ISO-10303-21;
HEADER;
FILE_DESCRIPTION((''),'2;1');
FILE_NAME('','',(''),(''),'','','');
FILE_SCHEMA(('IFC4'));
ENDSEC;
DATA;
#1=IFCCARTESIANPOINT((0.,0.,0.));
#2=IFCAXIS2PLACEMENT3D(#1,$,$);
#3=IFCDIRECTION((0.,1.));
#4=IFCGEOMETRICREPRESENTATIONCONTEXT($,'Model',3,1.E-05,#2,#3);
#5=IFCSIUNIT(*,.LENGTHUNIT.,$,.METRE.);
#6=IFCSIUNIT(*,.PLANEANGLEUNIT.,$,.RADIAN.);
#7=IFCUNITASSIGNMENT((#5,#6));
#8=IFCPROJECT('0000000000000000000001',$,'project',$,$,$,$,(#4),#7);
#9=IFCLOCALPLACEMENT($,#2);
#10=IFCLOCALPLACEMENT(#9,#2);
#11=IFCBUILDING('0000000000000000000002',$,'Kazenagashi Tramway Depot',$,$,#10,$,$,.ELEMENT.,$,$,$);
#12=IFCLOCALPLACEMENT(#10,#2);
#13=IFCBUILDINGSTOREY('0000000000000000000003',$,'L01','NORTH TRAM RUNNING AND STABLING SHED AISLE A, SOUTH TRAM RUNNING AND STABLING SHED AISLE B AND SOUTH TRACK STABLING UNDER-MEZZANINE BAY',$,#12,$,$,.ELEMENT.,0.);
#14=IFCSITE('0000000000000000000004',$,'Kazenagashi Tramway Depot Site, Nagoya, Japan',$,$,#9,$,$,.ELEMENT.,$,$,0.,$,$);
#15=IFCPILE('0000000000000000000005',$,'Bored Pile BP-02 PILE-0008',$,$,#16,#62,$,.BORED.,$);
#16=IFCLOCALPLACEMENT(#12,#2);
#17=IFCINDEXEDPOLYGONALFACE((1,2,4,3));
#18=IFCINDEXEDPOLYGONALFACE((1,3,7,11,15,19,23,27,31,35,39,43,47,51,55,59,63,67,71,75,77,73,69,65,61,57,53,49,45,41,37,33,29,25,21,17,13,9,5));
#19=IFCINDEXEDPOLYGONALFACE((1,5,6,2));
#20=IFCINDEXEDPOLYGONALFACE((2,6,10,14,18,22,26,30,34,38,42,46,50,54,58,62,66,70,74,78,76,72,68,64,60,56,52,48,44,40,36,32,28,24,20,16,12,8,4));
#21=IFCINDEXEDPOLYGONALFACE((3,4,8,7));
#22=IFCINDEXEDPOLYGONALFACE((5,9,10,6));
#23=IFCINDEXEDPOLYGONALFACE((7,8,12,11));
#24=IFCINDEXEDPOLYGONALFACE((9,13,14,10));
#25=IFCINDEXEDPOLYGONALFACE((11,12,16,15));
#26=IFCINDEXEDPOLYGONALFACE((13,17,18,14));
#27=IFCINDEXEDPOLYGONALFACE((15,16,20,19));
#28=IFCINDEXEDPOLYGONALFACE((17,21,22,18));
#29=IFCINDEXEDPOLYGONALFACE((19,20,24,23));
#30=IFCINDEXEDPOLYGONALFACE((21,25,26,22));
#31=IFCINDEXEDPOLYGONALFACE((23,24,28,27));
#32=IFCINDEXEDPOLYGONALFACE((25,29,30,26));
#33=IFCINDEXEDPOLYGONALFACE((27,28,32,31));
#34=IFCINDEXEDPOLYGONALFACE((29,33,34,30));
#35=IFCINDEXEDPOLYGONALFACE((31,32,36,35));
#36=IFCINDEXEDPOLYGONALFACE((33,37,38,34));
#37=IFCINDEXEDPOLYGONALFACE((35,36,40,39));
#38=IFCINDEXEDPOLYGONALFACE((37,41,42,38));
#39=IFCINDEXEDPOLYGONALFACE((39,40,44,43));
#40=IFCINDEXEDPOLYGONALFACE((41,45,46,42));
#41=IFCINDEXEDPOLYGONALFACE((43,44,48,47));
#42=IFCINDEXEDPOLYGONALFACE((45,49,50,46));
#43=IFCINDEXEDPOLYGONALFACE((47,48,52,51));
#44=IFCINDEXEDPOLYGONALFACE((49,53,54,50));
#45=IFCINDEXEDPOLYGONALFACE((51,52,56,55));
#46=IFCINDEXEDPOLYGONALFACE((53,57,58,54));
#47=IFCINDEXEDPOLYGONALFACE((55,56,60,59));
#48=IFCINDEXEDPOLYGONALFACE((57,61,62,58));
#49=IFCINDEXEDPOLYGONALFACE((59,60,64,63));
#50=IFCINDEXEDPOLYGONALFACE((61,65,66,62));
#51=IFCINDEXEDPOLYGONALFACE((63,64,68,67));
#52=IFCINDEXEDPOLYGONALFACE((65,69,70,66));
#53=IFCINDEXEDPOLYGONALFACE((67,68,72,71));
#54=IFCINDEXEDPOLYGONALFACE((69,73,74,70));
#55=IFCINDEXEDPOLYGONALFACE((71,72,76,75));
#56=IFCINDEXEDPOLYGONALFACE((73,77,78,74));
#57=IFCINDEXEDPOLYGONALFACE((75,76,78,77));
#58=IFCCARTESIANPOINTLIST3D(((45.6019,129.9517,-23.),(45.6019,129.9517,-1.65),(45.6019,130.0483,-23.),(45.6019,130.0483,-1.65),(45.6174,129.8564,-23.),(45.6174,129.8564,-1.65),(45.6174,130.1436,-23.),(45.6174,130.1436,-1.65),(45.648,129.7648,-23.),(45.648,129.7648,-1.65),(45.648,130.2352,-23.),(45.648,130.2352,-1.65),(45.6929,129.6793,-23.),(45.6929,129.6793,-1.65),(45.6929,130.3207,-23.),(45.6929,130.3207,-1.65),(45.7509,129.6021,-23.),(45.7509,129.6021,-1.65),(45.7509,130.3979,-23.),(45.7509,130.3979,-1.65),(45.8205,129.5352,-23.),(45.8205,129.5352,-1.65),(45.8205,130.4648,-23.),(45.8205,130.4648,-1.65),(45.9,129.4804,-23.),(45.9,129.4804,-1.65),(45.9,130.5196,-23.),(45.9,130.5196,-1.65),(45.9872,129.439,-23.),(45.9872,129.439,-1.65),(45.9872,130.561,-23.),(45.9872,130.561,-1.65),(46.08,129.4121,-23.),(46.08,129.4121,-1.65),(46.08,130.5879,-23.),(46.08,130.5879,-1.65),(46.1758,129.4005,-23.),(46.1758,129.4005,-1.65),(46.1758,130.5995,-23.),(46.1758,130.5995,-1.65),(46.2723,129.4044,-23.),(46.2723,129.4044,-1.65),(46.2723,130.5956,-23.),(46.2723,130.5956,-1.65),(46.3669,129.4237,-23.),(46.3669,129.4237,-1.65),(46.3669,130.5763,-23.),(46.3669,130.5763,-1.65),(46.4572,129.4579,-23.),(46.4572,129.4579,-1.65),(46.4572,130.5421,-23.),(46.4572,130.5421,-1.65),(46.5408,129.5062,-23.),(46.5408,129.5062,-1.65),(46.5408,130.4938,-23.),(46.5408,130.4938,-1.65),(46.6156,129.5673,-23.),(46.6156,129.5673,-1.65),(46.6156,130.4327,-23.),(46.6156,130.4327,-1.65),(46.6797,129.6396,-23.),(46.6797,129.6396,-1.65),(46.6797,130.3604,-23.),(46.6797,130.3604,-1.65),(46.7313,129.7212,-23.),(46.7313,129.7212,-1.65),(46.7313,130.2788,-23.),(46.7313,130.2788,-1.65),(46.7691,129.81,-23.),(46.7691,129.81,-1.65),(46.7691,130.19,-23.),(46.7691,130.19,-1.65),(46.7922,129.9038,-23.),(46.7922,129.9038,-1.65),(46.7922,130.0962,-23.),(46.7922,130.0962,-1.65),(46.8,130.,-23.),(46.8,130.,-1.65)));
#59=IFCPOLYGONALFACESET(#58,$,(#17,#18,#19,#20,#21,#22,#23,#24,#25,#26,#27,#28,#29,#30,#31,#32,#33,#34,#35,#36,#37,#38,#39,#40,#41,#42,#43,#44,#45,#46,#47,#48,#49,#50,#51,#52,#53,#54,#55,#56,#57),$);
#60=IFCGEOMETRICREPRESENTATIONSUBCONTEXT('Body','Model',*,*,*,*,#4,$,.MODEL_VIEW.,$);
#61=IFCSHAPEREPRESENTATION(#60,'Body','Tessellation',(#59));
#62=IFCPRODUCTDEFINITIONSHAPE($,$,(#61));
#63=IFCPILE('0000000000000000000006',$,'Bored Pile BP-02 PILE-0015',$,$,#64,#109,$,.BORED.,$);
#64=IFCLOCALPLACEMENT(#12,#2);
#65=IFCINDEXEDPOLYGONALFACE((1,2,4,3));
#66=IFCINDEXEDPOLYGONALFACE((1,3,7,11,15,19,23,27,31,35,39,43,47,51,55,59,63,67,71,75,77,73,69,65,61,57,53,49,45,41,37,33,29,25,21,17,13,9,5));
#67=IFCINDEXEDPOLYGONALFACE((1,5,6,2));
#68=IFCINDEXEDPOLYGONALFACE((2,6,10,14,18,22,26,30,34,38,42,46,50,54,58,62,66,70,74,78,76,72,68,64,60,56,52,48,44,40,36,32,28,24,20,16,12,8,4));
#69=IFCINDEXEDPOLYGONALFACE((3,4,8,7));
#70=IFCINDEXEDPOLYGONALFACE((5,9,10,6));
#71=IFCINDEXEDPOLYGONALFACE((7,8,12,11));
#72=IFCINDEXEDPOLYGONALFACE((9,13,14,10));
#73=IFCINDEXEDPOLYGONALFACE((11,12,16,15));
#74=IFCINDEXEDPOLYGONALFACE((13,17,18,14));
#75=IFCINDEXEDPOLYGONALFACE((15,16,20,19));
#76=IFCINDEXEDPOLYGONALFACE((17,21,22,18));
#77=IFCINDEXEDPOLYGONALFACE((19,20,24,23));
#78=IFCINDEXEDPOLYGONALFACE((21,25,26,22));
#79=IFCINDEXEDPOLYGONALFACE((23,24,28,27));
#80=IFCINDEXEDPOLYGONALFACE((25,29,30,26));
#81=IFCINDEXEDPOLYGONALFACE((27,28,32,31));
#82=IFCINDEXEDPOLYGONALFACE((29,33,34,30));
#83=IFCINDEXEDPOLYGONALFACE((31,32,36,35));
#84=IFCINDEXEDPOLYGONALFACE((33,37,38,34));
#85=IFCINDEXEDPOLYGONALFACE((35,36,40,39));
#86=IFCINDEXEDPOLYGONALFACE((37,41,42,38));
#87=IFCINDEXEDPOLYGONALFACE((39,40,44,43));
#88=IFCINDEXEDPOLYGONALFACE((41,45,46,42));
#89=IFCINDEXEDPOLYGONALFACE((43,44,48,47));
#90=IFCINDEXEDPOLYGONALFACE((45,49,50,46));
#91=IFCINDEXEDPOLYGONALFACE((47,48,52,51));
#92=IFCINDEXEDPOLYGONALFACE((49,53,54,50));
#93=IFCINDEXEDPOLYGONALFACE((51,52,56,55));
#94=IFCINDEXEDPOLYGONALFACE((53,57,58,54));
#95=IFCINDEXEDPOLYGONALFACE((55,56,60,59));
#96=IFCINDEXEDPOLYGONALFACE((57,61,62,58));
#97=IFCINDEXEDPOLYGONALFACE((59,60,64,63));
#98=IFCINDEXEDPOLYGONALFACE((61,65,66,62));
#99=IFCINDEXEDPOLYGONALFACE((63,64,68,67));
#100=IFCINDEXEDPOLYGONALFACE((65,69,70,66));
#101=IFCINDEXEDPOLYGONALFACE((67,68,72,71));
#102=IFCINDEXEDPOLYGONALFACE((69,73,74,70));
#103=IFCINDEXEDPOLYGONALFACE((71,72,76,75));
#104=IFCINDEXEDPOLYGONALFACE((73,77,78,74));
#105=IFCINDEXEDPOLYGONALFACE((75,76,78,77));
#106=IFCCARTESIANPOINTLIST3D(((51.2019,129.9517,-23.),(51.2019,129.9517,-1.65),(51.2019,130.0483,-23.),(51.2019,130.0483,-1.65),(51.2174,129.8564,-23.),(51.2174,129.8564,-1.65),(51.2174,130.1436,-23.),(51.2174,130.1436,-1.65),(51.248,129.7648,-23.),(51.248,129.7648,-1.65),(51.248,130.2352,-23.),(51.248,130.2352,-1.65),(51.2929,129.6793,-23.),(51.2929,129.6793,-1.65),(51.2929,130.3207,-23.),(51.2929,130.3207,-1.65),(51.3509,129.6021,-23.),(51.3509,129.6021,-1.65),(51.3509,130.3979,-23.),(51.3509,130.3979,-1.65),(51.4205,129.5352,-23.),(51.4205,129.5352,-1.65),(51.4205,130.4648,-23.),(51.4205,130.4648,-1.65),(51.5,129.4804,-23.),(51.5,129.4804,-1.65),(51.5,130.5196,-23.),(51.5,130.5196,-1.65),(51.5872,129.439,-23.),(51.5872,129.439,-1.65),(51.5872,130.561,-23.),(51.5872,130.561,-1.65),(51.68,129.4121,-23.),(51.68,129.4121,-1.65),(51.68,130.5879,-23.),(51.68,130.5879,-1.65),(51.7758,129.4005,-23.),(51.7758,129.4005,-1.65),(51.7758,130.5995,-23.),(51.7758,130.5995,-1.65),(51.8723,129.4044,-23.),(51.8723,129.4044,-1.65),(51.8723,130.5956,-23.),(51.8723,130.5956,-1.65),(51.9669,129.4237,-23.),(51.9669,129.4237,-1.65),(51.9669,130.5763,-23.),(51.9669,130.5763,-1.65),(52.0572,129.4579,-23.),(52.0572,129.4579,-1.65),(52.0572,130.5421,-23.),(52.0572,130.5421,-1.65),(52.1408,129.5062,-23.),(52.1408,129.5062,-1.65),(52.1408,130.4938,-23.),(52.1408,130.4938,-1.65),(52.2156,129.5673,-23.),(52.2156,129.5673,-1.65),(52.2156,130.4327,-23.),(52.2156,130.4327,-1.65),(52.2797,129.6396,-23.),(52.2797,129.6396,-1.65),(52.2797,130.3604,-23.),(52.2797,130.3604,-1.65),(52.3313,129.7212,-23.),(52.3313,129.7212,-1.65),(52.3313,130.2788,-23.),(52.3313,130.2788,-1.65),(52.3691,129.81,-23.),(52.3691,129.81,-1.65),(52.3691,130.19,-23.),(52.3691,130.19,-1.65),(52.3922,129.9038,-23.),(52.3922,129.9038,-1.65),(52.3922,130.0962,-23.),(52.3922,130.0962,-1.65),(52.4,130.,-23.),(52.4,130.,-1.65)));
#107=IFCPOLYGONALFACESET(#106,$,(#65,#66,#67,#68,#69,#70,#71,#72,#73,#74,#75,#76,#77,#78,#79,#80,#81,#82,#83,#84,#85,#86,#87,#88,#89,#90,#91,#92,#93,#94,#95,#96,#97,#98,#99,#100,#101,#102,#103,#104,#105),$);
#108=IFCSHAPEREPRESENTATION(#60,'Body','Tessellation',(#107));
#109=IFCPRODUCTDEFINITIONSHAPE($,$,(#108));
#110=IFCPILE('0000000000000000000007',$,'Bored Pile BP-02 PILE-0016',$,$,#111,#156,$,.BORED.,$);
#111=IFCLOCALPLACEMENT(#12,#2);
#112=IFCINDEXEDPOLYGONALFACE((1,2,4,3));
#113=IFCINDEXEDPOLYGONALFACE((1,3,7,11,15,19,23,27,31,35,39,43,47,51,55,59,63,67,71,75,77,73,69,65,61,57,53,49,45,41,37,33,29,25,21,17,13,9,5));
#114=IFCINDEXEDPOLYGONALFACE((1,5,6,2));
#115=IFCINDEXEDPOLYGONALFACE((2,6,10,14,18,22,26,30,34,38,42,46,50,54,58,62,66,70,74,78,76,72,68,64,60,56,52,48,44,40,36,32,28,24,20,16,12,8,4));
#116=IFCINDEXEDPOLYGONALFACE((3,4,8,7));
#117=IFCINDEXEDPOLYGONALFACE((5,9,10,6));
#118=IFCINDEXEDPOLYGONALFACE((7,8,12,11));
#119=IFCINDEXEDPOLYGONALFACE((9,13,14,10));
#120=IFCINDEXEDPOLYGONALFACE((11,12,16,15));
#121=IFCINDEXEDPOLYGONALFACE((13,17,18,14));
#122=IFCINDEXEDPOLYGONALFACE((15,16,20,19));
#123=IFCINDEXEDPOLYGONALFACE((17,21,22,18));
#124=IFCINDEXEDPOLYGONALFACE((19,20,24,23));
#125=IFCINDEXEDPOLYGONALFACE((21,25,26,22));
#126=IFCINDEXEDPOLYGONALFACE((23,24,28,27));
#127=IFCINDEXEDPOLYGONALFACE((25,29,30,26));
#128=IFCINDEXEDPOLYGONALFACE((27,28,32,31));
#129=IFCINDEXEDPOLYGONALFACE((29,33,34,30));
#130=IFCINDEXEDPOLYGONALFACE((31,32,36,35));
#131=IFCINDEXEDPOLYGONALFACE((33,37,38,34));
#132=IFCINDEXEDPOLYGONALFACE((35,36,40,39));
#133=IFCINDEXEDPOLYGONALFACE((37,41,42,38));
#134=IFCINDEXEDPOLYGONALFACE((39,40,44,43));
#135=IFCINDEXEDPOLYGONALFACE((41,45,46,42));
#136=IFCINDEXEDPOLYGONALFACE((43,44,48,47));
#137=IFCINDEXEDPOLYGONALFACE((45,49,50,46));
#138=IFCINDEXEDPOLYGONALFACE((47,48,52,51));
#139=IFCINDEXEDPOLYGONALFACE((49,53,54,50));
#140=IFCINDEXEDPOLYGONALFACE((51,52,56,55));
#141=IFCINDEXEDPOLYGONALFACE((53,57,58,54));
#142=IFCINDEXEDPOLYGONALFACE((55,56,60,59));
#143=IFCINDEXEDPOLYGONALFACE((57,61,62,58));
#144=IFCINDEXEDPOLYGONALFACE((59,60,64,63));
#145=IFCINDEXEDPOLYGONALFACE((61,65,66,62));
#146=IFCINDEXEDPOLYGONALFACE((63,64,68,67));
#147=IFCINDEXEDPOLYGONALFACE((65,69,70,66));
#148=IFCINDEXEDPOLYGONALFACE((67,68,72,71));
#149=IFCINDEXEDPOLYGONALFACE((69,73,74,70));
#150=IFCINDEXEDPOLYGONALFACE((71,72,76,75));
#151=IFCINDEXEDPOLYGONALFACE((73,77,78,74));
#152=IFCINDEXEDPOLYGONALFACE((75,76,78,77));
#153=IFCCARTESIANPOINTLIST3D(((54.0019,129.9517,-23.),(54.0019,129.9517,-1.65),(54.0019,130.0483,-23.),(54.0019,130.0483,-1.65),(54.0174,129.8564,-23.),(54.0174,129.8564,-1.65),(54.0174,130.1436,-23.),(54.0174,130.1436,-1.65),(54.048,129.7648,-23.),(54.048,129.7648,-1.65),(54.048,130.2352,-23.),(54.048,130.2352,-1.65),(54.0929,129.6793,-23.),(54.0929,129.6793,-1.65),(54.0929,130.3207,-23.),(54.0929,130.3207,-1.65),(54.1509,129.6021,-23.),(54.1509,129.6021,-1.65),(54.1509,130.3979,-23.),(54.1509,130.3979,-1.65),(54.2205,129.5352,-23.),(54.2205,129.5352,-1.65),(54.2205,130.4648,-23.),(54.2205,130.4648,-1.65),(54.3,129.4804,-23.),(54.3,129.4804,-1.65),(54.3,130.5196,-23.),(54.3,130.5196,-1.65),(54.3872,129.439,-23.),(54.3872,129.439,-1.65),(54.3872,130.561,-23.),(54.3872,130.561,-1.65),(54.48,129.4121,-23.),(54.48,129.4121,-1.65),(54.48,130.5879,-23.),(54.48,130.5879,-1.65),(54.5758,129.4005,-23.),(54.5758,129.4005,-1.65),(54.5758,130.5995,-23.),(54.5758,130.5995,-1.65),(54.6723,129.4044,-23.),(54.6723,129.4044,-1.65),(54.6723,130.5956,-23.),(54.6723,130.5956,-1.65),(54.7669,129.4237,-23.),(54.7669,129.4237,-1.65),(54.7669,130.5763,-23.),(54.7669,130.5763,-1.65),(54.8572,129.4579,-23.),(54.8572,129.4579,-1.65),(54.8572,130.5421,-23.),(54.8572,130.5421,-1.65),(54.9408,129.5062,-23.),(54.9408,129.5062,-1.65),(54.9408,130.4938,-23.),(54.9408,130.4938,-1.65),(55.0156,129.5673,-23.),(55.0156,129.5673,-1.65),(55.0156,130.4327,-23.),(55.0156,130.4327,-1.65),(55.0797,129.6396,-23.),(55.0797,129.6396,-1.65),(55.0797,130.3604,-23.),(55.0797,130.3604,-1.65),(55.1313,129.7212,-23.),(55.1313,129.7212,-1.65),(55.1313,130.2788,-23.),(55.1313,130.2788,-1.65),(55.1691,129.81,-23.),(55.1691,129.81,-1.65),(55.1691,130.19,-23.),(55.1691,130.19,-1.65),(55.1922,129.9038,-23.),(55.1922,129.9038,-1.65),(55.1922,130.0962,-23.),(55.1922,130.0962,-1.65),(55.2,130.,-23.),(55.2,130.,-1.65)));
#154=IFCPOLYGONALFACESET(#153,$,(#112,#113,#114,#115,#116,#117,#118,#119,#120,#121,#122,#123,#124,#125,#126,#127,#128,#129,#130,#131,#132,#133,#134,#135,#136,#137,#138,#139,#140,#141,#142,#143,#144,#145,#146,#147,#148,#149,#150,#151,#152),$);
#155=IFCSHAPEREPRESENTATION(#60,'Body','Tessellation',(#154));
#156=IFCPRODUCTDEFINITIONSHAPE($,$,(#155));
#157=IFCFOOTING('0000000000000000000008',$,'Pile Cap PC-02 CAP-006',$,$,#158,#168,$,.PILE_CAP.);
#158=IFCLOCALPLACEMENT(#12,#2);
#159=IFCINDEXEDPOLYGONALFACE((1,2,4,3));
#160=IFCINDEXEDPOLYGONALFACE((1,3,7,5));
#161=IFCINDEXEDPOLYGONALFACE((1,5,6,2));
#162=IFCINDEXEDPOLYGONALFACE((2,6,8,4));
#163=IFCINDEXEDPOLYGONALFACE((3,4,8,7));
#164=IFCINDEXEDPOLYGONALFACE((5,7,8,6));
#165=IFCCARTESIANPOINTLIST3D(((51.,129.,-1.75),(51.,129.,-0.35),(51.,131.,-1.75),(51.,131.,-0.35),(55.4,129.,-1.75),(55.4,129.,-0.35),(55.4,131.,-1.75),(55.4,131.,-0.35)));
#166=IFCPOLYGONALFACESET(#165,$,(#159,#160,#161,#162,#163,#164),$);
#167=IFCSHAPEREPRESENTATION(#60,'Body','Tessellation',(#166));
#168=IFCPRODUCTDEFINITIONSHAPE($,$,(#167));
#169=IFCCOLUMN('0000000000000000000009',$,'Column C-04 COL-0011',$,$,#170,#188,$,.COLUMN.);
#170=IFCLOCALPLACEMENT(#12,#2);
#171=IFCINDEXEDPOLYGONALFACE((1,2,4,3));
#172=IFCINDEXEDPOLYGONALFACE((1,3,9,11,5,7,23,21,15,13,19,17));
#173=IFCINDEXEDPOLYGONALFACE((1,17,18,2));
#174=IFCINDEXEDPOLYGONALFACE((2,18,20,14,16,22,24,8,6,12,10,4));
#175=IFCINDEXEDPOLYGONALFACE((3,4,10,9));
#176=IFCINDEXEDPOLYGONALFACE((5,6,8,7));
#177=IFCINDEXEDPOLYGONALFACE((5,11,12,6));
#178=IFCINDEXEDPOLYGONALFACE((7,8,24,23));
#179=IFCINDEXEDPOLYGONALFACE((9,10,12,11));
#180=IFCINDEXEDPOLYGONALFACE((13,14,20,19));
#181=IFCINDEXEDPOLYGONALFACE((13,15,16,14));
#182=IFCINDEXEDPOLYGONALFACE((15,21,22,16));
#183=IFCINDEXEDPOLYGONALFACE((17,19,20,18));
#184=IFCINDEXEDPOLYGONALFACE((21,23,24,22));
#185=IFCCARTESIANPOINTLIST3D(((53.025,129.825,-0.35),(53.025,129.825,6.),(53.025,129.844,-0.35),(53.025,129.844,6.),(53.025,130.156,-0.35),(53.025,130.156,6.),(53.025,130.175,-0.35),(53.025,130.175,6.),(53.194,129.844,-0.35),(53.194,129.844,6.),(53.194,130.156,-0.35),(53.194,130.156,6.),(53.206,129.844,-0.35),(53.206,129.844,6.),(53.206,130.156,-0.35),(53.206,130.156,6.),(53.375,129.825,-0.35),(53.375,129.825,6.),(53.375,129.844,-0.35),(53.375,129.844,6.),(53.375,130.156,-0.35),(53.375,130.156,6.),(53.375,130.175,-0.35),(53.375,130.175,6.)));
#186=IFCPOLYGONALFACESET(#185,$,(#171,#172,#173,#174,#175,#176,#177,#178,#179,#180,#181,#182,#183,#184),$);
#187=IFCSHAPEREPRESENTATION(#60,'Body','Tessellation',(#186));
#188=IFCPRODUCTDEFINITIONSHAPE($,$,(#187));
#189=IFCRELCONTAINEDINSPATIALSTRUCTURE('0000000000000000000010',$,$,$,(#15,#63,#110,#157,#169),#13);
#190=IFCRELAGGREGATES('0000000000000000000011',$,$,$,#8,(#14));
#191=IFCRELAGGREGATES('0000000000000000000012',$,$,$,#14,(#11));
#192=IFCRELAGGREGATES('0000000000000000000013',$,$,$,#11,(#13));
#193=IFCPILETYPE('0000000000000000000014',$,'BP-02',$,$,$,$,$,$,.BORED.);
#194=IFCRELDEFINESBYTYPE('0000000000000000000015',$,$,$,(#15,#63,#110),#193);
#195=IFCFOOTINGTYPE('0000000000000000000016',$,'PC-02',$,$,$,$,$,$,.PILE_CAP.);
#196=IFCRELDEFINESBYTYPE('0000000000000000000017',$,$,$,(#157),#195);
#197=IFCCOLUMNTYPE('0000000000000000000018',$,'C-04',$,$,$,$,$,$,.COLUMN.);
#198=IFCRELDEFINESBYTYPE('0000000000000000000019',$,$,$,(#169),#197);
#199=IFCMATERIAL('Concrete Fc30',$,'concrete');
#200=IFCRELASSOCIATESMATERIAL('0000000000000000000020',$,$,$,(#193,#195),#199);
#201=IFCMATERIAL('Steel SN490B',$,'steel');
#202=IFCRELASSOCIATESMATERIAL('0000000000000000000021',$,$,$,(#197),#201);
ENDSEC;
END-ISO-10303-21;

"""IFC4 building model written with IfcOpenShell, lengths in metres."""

from ifc_helpers import new_model, si_unit, direction, frame, origin, origin_2d, place, context, subcontext, project, spatial, rectangle, circle, i_section, extrude, material, material_profile, profile_set, type_object, element, save


model = new_model("IFC4")

# Units and contexts
model_context = context("Model", 3, precision=1e-05, world=origin(), true_north=direction((0.0, 1.0)))
body_context = subcontext(model_context, "Body", "Model", "MODEL_VIEW")
ifc_project = project(units=[si_unit("LENGTHUNIT", "METRE"), si_unit("PLANEANGLEUNIT", "RADIAN")], contexts=[model_context])

# Site, building, storey
site_placement = place(None, origin())
site = spatial("IfcSite", under=ifc_project, at=site_placement, Name="Kazenagashi Tramway Depot Site, Nagoya, Japan", CompositionType="ELEMENT", RefElevation=0.0)
building_placement = place(site_placement, origin())
building = spatial("IfcBuilding", under=site, at=building_placement, Name="Kazenagashi Tramway Depot", CompositionType="ELEMENT")
storey_placement = place(building_placement, origin())
storey = spatial("IfcBuildingStorey", under=building, at=storey_placement, Name="L01", Description="NORTH TRAM RUNNING AND STABLING SHED AISLE A, SOUTH TRAM RUNNING AND STABLING SHED AISLE B AND SOUTH TRACK STABLING UNDER-MEZZANINE BAY", CompositionType="ELEMENT", Elevation=0.0)

# Piles
ifc_material_1 = material(Name="Concrete Fc30", Category="concrete")
ifc_material_profile_1 = material_profile(ifc_material_1, circle(Radius=0.6, at=origin_2d()), Name="PILE-1200")
ifc_profile_set_1 = profile_set([ifc_material_profile_1], Name="Concrete Fc30")
pile_type = type_object("IfcPileType", Name="BP-02", PredefinedType="BORED", material=ifc_profile_set_1)
for number, where, z_axis, x_axis, name in (
    (1, (46.2, 130.0, -1.65), (0.0, 0.0, -1.0), (1.0, 0.0, 0.0), "Bored Pile BP-02 PILE-0008"),
    (2, (51.8, 130.0, -1.65), (0.0, 0.0, -1.0), (1.0, 0.0, 0.0), "Bored Pile BP-02 PILE-0015"),
    (3, (54.6, 130.0, -1.65), (0.0, 0.0, -1.0), (1.0, 0.0, 0.0), "Bored Pile BP-02 PILE-0016"),
):
    element("IfcPile", number, at=place(storey_placement, frame(where, z_axis=z_axis, x_axis=x_axis)), inside=storey, type_object=pile_type, Name=name, PredefinedType="BORED", context=body_context, shape_type="SweptSolid", body=[
        extrude(circle(Radius=0.6, at=origin_2d()), origin(), (0.0, 0.0, 1.0), 21.35),
    ])

# Footing
footing_type = type_object("IfcFootingType", Name="PC-02", PredefinedType="PILE_CAP", material=ifc_material_1)
footing_placement = place(storey_placement, frame((53.2, 130.0, -1.75), z_axis=(0.0, 0.0, 1.0), x_axis=(1.0, 0.0, 0.0)))
element("IfcFooting", 4, at=footing_placement, inside=storey, type_object=footing_type, Name="Pile Cap PC-02 CAP-006", PredefinedType="PILE_CAP", context=body_context, shape_type="SweptSolid", body=[
    extrude(rectangle(XDim=4.4, YDim=2.0, at=origin_2d()), origin(), (0.0, 0.0, 1.0), 1.4),
])

# Column
ifc_material_2 = material(Name="Steel SN490B", Category="steel")
ifc_material_profile_2 = material_profile(ifc_material_2, i_section(OverallWidth=0.35, OverallDepth=0.35, WebThickness=0.012, FlangeThickness=0.019, at=origin_2d()), Name="H-350x350x12x19")
ifc_profile_set_2 = profile_set([ifc_material_profile_2], Name="Steel SN490B")
column_type = type_object("IfcColumnType", Name="C-04", PredefinedType="COLUMN", material=ifc_profile_set_2)
column_placement = place(storey_placement, frame((53.2, 130.0, -0.35), z_axis=(0.0, 0.0, 1.0), x_axis=(1.0, 0.0, 0.0)))
element("IfcColumn", 5, at=column_placement, inside=storey, type_object=column_type, Name="Column C-04 COL-0011", PredefinedType="COLUMN", context=body_context, shape_type="SweptSolid", body=[
    extrude(i_section(OverallWidth=0.35, OverallDepth=0.35, WebThickness=0.012, FlangeThickness=0.019, at=origin_2d()), origin(), (0.0, 0.0, 1.0), 6.35),
])

save(model, "model.ifc")
